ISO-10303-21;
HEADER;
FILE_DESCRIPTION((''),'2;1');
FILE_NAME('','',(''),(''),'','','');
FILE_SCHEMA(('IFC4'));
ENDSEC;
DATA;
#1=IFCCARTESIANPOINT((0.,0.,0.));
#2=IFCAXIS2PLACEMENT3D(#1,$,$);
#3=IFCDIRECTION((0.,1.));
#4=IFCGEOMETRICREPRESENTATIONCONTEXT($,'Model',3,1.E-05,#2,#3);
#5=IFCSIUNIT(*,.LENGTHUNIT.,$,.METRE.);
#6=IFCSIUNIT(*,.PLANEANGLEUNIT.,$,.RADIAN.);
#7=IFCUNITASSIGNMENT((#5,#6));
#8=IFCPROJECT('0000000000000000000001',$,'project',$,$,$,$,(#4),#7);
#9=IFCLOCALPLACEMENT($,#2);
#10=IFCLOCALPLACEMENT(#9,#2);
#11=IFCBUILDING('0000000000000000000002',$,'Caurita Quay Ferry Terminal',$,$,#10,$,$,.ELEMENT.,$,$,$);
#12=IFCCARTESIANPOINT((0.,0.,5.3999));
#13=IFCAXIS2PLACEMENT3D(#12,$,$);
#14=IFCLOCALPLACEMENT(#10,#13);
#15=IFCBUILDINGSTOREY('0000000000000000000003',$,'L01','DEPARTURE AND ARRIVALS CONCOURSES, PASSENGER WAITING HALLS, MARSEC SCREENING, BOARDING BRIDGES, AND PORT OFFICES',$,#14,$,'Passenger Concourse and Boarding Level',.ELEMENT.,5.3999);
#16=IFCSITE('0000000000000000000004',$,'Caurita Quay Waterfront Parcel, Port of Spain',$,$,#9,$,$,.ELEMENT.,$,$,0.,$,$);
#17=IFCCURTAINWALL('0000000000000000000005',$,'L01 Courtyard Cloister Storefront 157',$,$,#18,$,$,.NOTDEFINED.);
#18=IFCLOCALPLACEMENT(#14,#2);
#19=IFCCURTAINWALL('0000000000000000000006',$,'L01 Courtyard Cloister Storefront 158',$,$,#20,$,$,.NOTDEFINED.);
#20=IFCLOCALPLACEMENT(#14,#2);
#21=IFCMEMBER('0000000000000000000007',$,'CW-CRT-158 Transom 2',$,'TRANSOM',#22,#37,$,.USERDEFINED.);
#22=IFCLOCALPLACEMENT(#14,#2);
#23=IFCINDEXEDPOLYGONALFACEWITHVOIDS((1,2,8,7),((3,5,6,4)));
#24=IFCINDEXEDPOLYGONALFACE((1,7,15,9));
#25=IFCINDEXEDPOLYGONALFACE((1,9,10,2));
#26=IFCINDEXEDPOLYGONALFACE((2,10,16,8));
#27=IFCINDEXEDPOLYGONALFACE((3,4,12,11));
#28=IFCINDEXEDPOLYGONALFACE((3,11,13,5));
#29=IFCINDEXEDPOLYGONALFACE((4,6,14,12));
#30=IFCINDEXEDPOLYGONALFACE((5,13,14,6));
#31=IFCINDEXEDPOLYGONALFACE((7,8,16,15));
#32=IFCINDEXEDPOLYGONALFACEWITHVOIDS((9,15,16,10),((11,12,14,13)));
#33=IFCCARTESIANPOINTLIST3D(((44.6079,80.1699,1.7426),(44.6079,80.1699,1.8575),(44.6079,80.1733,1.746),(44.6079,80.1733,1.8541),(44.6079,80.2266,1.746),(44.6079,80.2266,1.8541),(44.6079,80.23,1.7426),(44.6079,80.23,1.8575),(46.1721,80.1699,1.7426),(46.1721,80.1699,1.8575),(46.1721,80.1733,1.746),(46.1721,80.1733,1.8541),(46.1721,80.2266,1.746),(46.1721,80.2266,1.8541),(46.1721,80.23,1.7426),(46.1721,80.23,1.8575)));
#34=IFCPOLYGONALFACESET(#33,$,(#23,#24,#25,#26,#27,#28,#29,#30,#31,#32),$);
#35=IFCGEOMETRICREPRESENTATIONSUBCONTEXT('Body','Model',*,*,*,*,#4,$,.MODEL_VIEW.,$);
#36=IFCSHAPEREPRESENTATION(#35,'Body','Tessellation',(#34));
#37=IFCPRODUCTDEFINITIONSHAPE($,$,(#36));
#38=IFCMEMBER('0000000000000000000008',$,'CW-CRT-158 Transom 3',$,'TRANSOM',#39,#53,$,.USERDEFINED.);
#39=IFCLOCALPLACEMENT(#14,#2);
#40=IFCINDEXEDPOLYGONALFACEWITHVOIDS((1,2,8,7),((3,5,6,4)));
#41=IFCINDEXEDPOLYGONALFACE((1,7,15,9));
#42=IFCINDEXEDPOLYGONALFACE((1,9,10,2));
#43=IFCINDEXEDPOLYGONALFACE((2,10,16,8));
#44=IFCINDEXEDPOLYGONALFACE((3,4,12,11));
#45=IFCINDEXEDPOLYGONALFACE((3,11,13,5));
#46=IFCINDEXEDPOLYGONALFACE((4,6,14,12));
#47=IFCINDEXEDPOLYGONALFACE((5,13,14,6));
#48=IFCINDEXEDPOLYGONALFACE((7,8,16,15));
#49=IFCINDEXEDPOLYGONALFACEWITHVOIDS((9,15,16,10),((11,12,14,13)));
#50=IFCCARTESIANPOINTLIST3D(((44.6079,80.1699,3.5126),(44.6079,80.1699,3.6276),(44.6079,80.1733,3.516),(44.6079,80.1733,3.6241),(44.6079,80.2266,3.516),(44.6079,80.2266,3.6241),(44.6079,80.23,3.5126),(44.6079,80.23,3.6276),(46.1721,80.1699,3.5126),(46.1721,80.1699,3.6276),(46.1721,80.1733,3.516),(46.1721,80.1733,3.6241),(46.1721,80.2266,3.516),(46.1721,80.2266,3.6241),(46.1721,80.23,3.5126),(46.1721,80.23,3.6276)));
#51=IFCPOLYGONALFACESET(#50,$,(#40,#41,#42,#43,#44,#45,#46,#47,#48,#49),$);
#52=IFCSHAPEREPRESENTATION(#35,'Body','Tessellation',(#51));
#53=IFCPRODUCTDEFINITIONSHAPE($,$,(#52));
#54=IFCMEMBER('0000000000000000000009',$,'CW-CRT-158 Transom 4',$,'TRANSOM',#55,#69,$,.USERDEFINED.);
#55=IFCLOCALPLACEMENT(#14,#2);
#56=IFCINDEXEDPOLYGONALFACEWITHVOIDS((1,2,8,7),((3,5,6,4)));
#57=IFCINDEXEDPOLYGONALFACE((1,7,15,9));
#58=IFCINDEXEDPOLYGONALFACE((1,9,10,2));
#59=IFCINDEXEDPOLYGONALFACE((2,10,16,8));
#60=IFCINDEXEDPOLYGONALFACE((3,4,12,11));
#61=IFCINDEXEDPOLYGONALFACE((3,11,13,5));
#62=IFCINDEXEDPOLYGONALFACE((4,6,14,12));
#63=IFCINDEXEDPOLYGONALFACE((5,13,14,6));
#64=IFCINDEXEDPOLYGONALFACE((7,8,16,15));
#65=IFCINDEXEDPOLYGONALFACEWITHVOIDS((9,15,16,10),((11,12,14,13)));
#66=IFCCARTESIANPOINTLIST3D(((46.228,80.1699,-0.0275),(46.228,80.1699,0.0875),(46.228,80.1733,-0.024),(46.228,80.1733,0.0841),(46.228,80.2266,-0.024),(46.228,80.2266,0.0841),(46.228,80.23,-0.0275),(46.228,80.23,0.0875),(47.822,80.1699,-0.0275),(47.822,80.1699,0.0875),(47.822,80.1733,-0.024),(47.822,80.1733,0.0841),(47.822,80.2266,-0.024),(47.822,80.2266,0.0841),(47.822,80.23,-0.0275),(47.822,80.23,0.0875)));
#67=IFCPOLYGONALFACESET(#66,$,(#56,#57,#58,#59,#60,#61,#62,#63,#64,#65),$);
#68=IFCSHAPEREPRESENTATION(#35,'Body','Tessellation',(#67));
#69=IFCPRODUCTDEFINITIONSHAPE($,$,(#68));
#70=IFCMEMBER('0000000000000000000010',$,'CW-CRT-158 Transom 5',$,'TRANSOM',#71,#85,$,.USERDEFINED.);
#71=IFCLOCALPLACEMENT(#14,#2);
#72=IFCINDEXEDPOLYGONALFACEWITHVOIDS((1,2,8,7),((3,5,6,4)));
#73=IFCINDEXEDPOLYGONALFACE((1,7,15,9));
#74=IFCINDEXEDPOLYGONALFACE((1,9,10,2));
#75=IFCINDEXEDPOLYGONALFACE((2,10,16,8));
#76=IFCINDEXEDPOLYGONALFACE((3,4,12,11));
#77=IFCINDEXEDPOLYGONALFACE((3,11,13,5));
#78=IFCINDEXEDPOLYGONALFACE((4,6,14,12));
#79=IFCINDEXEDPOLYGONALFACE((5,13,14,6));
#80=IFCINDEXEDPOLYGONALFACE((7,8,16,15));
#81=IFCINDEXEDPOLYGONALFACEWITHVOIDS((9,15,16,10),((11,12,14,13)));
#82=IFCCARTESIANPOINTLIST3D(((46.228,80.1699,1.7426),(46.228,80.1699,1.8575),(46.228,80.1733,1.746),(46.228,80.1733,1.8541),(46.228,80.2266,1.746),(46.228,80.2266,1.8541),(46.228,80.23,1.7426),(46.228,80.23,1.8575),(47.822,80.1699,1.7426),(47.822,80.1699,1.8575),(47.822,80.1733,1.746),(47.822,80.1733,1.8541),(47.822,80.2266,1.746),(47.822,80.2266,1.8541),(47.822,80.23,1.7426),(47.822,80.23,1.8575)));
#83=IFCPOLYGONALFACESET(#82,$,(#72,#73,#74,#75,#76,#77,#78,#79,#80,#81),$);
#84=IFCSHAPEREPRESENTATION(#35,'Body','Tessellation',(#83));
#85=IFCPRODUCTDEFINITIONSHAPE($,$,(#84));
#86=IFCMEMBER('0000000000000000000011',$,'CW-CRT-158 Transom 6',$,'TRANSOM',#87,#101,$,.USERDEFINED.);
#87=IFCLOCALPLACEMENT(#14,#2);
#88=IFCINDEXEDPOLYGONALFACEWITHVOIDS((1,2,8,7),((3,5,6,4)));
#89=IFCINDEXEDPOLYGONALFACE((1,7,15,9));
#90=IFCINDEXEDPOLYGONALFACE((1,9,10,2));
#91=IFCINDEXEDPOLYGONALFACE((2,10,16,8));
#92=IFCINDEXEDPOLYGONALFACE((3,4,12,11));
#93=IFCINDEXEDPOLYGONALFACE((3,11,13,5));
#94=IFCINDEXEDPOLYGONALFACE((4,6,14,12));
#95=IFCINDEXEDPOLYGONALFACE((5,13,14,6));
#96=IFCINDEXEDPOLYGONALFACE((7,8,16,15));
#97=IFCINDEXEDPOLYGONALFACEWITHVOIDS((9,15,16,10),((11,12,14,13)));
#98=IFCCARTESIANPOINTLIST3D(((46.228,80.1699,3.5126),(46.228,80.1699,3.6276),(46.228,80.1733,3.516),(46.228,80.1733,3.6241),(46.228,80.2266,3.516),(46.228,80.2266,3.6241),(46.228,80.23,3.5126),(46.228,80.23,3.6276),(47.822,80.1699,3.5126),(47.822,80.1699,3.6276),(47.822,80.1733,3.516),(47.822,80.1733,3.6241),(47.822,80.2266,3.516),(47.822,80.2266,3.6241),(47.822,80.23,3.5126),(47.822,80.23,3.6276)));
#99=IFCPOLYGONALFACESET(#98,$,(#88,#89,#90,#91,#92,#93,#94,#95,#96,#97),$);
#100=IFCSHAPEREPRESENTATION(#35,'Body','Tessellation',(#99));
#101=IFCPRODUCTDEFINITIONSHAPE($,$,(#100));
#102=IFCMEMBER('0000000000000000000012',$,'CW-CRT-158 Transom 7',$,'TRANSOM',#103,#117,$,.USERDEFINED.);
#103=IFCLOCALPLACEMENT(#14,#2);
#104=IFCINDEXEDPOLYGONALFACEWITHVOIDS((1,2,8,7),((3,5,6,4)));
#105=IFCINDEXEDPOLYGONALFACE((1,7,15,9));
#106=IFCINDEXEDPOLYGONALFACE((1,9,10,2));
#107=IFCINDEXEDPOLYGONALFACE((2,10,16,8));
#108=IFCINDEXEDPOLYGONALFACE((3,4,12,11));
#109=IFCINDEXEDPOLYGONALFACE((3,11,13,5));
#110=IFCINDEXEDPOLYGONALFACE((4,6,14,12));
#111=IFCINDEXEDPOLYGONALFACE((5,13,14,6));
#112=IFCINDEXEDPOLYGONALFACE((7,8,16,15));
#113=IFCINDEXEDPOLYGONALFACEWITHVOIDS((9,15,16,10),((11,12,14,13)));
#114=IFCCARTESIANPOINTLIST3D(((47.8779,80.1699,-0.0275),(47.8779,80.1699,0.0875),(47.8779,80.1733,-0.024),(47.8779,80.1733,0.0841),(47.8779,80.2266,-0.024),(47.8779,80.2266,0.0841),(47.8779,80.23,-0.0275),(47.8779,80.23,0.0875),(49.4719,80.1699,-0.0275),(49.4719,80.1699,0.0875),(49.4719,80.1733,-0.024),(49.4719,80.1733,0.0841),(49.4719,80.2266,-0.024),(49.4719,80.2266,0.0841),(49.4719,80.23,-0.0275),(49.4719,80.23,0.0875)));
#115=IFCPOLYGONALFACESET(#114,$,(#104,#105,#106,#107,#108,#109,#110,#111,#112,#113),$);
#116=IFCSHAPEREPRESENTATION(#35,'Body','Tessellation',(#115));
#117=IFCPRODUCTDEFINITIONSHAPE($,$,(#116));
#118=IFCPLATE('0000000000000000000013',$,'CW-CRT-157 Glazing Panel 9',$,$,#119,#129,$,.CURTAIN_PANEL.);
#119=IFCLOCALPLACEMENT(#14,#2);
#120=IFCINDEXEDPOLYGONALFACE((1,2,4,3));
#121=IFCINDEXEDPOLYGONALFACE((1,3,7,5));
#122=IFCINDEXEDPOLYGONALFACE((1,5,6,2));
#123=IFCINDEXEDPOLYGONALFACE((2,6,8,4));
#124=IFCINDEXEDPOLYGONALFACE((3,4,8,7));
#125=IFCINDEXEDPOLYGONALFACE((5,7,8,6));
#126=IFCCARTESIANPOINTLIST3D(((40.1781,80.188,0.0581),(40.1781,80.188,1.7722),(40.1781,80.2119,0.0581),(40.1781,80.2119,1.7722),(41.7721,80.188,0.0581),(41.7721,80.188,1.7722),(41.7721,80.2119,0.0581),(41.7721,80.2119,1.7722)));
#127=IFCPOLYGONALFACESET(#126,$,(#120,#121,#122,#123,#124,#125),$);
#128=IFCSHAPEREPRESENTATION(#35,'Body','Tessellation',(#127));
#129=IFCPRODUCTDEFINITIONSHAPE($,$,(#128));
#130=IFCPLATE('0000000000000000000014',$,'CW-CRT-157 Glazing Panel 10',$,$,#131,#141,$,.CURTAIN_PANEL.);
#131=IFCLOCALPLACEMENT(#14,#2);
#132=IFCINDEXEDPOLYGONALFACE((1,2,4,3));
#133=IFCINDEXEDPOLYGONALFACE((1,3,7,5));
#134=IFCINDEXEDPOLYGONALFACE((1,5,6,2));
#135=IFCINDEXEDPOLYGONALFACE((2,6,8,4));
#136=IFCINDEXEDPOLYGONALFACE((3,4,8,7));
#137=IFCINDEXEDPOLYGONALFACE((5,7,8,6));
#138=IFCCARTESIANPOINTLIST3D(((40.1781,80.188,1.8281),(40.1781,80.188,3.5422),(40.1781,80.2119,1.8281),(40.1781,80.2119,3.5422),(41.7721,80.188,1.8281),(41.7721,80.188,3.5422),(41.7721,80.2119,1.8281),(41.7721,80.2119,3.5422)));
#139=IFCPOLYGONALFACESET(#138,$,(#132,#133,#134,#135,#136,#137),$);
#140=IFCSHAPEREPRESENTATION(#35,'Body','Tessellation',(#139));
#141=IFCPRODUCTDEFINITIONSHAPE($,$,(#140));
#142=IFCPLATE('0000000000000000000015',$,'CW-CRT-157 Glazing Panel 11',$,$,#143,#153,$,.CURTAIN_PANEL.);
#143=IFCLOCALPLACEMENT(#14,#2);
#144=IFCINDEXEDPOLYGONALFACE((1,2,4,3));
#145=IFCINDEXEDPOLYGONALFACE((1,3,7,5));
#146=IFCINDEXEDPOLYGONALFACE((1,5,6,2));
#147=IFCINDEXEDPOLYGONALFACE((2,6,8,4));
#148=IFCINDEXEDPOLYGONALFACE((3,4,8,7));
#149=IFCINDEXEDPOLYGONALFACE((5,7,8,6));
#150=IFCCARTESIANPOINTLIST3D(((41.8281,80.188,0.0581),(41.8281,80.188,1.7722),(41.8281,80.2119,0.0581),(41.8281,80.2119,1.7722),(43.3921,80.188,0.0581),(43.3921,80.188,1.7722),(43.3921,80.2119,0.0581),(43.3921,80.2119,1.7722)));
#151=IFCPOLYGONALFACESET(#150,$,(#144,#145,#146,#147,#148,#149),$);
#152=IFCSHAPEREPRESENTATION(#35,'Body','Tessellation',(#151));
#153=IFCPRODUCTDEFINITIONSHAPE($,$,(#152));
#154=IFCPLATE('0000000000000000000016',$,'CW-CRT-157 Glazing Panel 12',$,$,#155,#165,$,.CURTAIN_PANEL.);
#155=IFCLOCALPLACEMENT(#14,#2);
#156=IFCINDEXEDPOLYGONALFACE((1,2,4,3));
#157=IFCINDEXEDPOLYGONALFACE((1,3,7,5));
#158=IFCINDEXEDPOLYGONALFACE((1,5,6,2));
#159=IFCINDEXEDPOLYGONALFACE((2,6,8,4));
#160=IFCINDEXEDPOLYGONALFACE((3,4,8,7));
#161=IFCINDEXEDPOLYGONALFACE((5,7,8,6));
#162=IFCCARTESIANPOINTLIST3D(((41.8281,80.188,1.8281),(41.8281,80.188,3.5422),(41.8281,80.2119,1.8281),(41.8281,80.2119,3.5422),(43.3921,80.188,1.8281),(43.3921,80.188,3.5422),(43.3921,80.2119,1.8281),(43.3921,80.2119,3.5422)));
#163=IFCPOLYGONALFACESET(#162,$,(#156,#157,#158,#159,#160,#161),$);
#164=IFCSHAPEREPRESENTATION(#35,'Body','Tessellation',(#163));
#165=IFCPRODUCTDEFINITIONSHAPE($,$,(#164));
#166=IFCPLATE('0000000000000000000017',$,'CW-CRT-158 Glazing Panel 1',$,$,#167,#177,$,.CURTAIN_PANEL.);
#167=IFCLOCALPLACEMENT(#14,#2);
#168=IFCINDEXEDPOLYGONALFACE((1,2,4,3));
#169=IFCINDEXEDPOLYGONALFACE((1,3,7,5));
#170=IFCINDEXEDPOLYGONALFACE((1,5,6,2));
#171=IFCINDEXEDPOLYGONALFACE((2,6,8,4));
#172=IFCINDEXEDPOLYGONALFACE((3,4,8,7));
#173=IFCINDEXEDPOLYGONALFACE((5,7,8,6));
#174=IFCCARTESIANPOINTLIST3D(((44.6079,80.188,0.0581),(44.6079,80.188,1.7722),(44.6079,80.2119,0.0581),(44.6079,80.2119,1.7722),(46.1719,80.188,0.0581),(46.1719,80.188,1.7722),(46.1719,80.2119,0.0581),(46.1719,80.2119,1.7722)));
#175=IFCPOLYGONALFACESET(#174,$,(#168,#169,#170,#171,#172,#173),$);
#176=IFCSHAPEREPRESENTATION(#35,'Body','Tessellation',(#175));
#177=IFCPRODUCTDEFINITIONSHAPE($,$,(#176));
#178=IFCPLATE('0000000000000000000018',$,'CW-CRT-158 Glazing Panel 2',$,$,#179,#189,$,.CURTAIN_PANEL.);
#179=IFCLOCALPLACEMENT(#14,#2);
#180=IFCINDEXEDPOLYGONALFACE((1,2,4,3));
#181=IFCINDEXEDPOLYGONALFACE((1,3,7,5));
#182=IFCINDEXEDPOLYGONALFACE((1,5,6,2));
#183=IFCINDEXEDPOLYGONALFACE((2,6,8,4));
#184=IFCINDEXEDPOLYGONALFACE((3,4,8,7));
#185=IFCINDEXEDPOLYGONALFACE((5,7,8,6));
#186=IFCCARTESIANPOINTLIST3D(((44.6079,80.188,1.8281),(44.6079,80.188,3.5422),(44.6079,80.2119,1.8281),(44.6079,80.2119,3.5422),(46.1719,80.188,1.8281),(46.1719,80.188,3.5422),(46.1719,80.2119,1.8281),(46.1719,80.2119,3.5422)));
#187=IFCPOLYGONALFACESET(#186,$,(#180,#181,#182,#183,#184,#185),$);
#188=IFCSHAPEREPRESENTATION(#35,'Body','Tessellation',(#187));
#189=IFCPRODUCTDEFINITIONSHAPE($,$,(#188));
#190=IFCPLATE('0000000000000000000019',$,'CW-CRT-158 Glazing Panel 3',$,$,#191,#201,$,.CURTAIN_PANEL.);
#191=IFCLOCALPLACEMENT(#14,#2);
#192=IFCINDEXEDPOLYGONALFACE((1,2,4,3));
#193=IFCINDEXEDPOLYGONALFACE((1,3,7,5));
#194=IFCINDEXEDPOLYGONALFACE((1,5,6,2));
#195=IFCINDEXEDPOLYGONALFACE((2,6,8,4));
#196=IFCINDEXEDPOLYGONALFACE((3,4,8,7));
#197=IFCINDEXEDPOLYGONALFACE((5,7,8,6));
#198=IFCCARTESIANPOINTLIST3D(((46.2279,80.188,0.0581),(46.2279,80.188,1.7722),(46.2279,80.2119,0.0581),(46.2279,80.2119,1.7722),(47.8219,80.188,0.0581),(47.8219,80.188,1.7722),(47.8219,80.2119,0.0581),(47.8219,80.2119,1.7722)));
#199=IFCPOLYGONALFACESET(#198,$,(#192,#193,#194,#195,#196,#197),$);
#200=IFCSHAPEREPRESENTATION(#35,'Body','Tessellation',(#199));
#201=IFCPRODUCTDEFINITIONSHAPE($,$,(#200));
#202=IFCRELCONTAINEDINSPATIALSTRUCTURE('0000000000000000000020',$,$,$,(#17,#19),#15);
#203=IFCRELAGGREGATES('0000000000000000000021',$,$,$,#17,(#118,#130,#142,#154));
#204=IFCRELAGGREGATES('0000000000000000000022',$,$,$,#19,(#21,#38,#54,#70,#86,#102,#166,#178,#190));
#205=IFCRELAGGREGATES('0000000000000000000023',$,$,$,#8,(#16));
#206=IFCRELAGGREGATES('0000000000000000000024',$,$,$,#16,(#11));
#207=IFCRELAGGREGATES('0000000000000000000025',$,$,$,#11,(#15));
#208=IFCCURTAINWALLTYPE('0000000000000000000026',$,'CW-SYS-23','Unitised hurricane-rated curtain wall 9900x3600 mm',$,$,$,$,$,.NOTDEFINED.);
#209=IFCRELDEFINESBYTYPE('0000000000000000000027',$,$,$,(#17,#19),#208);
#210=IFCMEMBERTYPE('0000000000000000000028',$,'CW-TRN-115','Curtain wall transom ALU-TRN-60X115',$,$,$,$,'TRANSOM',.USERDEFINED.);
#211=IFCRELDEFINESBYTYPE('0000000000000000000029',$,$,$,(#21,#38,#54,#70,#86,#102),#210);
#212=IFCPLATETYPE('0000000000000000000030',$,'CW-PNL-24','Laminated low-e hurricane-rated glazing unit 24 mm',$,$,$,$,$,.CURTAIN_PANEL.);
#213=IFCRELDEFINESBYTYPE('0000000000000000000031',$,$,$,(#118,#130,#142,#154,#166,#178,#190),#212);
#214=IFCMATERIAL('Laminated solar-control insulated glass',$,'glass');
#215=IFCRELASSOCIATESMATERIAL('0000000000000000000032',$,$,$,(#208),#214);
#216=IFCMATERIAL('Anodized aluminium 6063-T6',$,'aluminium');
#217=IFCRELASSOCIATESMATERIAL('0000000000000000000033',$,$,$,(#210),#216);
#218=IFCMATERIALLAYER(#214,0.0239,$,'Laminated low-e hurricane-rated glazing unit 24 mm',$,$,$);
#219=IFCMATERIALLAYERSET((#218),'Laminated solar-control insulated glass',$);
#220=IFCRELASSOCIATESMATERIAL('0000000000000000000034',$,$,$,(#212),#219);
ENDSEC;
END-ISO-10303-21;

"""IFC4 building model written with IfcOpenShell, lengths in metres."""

from ifc_helpers import new_model, si_unit, direction, frame, origin, origin_2d, place, context, subcontext, project, spatial, rectangle, hollow_rectangle, extrude, material, layer, layer_set, material_profile, profile_set, type_object, element, aggregate, save


model = new_model("IFC4")

# Units and contexts
model_context = context("Model", 3, precision=1e-05, world=origin(), true_north=direction((0.0, 1.0)))
body_context = subcontext(model_context, "Body", "Model", "MODEL_VIEW")
ifc_project = project(units=[si_unit("LENGTHUNIT", "METRE"), si_unit("PLANEANGLEUNIT", "RADIAN")], contexts=[model_context])

# Site, building, storey
site_placement = place(None, origin())
site = spatial("IfcSite", under=ifc_project, at=site_placement, Name="Caurita Quay Waterfront Parcel, Port of Spain", CompositionType="ELEMENT", RefElevation=0.0)
building_placement = place(site_placement, origin())
building = spatial("IfcBuilding", under=site, at=building_placement, Name="Caurita Quay Ferry Terminal", CompositionType="ELEMENT")
storey_placement = place(building_placement, frame((0.0, 0.0, 5.3999)))
storey = spatial("IfcBuildingStorey", under=building, at=storey_placement, Name="L01", Description="DEPARTURE AND ARRIVALS CONCOURSES, PASSENGER WAITING HALLS, MARSEC SCREENING, BOARDING BRIDGES, AND PORT OFFICES", LongName="Passenger Concourse and Boarding Level", CompositionType="ELEMENT", Elevation=5.3999)

# Curtain walls
ifc_material_1 = material(Name="Laminated solar-control insulated glass", Category="glass")
curtain_wall_type = type_object("IfcCurtainWallType", Name="CW-SYS-23", Description="Unitised hurricane-rated curtain wall 9900x3600 mm", PredefinedType="NOTDEFINED", material=ifc_material_1)
curtain_wall_1_placement = place(storey_placement, origin())
curtain_wall_1 = element("IfcCurtainWall", 1, at=curtain_wall_1_placement, inside=storey, type_object=curtain_wall_type, Name="L01 Courtyard Cloister Storefront 157", PredefinedType="NOTDEFINED")
ifc_material_2 = material(Name="Anodized aluminium 6063-T6", Category="aluminium")
curtain_wall_2_placement = place(storey_placement, origin())
curtain_wall_2 = element("IfcCurtainWall", 2, at=curtain_wall_2_placement, inside=storey, type_object=curtain_wall_type, Name="L01 Courtyard Cloister Storefront 158", PredefinedType="NOTDEFINED")

# Members
ifc_material_profile_1 = material_profile(ifc_material_2, hollow_rectangle(XDim=0.0601, YDim=0.115, WallThickness=0.0034, at=origin_2d()), Name="ALU-TRN-60X115")
ifc_profile_set_1 = profile_set([ifc_material_profile_1], Name="Anodized aluminium 6063-T6")
member_type_1 = type_object("IfcMemberType", Name="CW-TRN-115", Description="Curtain wall transom ALU-TRN-60X115", ElementType="TRANSOM", PredefinedType="USERDEFINED", material=ifc_profile_set_1)
member_1_placement = place(storey_placement, frame((44.6079, 80.2, 1.8), z_axis=(1.0, 0.0, 0.0), x_axis=(0.0, 1.0, 0.0)))
member_1 = element("IfcMember", 3, at=member_1_placement, type_object=member_type_1, Name="CW-CRT-158 Transom 2", ObjectType="TRANSOM", PredefinedType="USERDEFINED", context=body_context, shape_type="SweptSolid", body=[
    extrude(hollow_rectangle(XDim=0.0601, YDim=0.115, WallThickness=0.0034, at=origin_2d()), origin(), (0.0, 0.0, 1.0), 1.5642),
])
member_2_placement = place(storey_placement, frame((44.6079, 80.2, 3.5701), z_axis=(1.0, 0.0, 0.0), x_axis=(0.0, 1.0, 0.0)))
member_2 = element("IfcMember", 4, at=member_2_placement, type_object=member_type_1, Name="CW-CRT-158 Transom 3", ObjectType="TRANSOM", PredefinedType="USERDEFINED", context=body_context, shape_type="SweptSolid", body=[
    extrude(hollow_rectangle(XDim=0.0601, YDim=0.115, WallThickness=0.0034, at=origin_2d()), origin(), (0.0, 0.0, 1.0), 1.5642),
])
member_3_placement = place(storey_placement, frame((46.228, 80.2, 0.03), z_axis=(1.0, 0.0, 0.0), x_axis=(0.0, 1.0, 0.0)))
member_3 = element("IfcMember", 5, at=member_3_placement, type_object=member_type_1, Name="CW-CRT-158 Transom 4", ObjectType="TRANSOM", PredefinedType="USERDEFINED", context=body_context, shape_type="SweptSolid", body=[
    extrude(hollow_rectangle(XDim=0.0601, YDim=0.115, WallThickness=0.0034, at=origin_2d()), origin(), (0.0, 0.0, 1.0), 1.594),
])
member_4_placement = place(storey_placement, frame((46.228, 80.2, 1.8), z_axis=(1.0, 0.0, 0.0), x_axis=(0.0, 1.0, 0.0)))
member_4 = element("IfcMember", 6, at=member_4_placement, type_object=member_type_1, Name="CW-CRT-158 Transom 5", ObjectType="TRANSOM", PredefinedType="USERDEFINED", context=body_context, shape_type="SweptSolid", body=[
    extrude(hollow_rectangle(XDim=0.0601, YDim=0.115, WallThickness=0.0034, at=origin_2d()), origin(), (0.0, 0.0, 1.0), 1.594),
])
member_5_placement = place(storey_placement, frame((46.228, 80.2, 3.5701), z_axis=(1.0, 0.0, 0.0), x_axis=(0.0, 1.0, 0.0)))
member_5 = element("IfcMember", 7, at=member_5_placement, type_object=member_type_1, Name="CW-CRT-158 Transom 6", ObjectType="TRANSOM", PredefinedType="USERDEFINED", context=body_context, shape_type="SweptSolid", body=[
    extrude(hollow_rectangle(XDim=0.0601, YDim=0.115, WallThickness=0.0034, at=origin_2d()), origin(), (0.0, 0.0, 1.0), 1.594),
])
member_6_placement = place(storey_placement, frame((47.8779, 80.2, 0.03), z_axis=(1.0, 0.0, 0.0), x_axis=(0.0, 1.0, 0.0)))
member_6 = element("IfcMember", 8, at=member_6_placement, type_object=member_type_1, Name="CW-CRT-158 Transom 7", ObjectType="TRANSOM", PredefinedType="USERDEFINED", context=body_context, shape_type="SweptSolid", body=[
    extrude(hollow_rectangle(XDim=0.0601, YDim=0.115, WallThickness=0.0034, at=origin_2d()), origin(), (0.0, 0.0, 1.0), 1.594),
])

# Plates
ifc_layer_1 = layer(ifc_material_1, 0.0239, Name="Laminated low-e hurricane-rated glazing unit 24 mm")
ifc_layer_set_1 = layer_set([ifc_layer_1], Name="Laminated solar-control insulated glass")
plate_type = type_object("IfcPlateType", Name="CW-PNL-24", Description="Laminated low-e hurricane-rated glazing unit 24 mm", PredefinedType="CURTAIN_PANEL", material=ifc_layer_set_1)
plate_1_placement = place(storey_placement, frame((40.9751, 80.2, 0.0581), z_axis=(0.0, 0.0, 1.0), x_axis=(1.0, 0.0, 0.0)))
plate_1 = element("IfcPlate", 9, at=plate_1_placement, type_object=plate_type, Name="CW-CRT-157 Glazing Panel 9", PredefinedType="CURTAIN_PANEL", context=body_context, shape_type="SweptSolid", body=[
    extrude(rectangle(XDim=1.594, YDim=0.0239, at=origin_2d()), origin(), (0.0, 0.0, 1.0), 1.7141),
])
plate_2_placement = place(storey_placement, frame((40.9751, 80.2, 1.8281), z_axis=(0.0, 0.0, 1.0), x_axis=(1.0, 0.0, 0.0)))
plate_2 = element("IfcPlate", 10, at=plate_2_placement, type_object=plate_type, Name="CW-CRT-157 Glazing Panel 10", PredefinedType="CURTAIN_PANEL", context=body_context, shape_type="SweptSolid", body=[
    extrude(rectangle(XDim=1.594, YDim=0.0239, at=origin_2d()), origin(), (0.0, 0.0, 1.0), 1.7141),
])
plate_3_placement = place(storey_placement, frame((42.6101, 80.2, 0.0581), z_axis=(0.0, 0.0, 1.0), x_axis=(1.0, 0.0, 0.0)))
plate_3 = element("IfcPlate", 11, at=plate_3_placement, type_object=plate_type, Name="CW-CRT-157 Glazing Panel 11", PredefinedType="CURTAIN_PANEL", context=body_context, shape_type="SweptSolid", body=[
    extrude(rectangle(XDim=1.564, YDim=0.0239, at=origin_2d()), origin(), (0.0, 0.0, 1.0), 1.7141),
])
plate_4_placement = place(storey_placement, frame((42.6101, 80.2, 1.8281), z_axis=(0.0, 0.0, 1.0), x_axis=(1.0, 0.0, 0.0)))
plate_4 = element("IfcPlate", 12, at=plate_4_placement, type_object=plate_type, Name="CW-CRT-157 Glazing Panel 12", PredefinedType="CURTAIN_PANEL", context=body_context, shape_type="SweptSolid", body=[
    extrude(rectangle(XDim=1.564, YDim=0.0239, at=origin_2d()), origin(), (0.0, 0.0, 1.0), 1.7141),
])
aggregate(curtain_wall_1, [plate_1, plate_2, plate_3, plate_4])
plate_5_placement = place(storey_placement, frame((45.3899, 80.2, 0.0581), z_axis=(0.0, 0.0, 1.0), x_axis=(1.0, 0.0, 0.0)))
plate_5 = element("IfcPlate", 13, at=plate_5_placement, type_object=plate_type, Name="CW-CRT-158 Glazing Panel 1", PredefinedType="CURTAIN_PANEL", context=body_context, shape_type="SweptSolid", body=[
    extrude(rectangle(XDim=1.564, YDim=0.0239, at=origin_2d()), origin(), (0.0, 0.0, 1.0), 1.7141),
])
plate_6_placement = place(storey_placement, frame((45.3899, 80.2, 1.8281), z_axis=(0.0, 0.0, 1.0), x_axis=(1.0, 0.0, 0.0)))
plate_6 = element("IfcPlate", 14, at=plate_6_placement, type_object=plate_type, Name="CW-CRT-158 Glazing Panel 2", PredefinedType="CURTAIN_PANEL", context=body_context, shape_type="SweptSolid", body=[
    extrude(rectangle(XDim=1.564, YDim=0.0239, at=origin_2d()), origin(), (0.0, 0.0, 1.0), 1.7141),
])
plate_7_placement = place(storey_placement, frame((47.0249, 80.2, 0.0581), z_axis=(0.0, 0.0, 1.0), x_axis=(1.0, 0.0, 0.0)))
plate_7 = element("IfcPlate", 15, at=plate_7_placement, type_object=plate_type, Name="CW-CRT-158 Glazing Panel 3", PredefinedType="CURTAIN_PANEL", context=body_context, shape_type="SweptSolid", body=[
    extrude(rectangle(XDim=1.594, YDim=0.0239, at=origin_2d()), origin(), (0.0, 0.0, 1.0), 1.7141),
])
aggregate(curtain_wall_2, [member_1, member_2, member_3, member_4, member_5, member_6, plate_5, plate_6, plate_7])

save(model, "model.ifc")
